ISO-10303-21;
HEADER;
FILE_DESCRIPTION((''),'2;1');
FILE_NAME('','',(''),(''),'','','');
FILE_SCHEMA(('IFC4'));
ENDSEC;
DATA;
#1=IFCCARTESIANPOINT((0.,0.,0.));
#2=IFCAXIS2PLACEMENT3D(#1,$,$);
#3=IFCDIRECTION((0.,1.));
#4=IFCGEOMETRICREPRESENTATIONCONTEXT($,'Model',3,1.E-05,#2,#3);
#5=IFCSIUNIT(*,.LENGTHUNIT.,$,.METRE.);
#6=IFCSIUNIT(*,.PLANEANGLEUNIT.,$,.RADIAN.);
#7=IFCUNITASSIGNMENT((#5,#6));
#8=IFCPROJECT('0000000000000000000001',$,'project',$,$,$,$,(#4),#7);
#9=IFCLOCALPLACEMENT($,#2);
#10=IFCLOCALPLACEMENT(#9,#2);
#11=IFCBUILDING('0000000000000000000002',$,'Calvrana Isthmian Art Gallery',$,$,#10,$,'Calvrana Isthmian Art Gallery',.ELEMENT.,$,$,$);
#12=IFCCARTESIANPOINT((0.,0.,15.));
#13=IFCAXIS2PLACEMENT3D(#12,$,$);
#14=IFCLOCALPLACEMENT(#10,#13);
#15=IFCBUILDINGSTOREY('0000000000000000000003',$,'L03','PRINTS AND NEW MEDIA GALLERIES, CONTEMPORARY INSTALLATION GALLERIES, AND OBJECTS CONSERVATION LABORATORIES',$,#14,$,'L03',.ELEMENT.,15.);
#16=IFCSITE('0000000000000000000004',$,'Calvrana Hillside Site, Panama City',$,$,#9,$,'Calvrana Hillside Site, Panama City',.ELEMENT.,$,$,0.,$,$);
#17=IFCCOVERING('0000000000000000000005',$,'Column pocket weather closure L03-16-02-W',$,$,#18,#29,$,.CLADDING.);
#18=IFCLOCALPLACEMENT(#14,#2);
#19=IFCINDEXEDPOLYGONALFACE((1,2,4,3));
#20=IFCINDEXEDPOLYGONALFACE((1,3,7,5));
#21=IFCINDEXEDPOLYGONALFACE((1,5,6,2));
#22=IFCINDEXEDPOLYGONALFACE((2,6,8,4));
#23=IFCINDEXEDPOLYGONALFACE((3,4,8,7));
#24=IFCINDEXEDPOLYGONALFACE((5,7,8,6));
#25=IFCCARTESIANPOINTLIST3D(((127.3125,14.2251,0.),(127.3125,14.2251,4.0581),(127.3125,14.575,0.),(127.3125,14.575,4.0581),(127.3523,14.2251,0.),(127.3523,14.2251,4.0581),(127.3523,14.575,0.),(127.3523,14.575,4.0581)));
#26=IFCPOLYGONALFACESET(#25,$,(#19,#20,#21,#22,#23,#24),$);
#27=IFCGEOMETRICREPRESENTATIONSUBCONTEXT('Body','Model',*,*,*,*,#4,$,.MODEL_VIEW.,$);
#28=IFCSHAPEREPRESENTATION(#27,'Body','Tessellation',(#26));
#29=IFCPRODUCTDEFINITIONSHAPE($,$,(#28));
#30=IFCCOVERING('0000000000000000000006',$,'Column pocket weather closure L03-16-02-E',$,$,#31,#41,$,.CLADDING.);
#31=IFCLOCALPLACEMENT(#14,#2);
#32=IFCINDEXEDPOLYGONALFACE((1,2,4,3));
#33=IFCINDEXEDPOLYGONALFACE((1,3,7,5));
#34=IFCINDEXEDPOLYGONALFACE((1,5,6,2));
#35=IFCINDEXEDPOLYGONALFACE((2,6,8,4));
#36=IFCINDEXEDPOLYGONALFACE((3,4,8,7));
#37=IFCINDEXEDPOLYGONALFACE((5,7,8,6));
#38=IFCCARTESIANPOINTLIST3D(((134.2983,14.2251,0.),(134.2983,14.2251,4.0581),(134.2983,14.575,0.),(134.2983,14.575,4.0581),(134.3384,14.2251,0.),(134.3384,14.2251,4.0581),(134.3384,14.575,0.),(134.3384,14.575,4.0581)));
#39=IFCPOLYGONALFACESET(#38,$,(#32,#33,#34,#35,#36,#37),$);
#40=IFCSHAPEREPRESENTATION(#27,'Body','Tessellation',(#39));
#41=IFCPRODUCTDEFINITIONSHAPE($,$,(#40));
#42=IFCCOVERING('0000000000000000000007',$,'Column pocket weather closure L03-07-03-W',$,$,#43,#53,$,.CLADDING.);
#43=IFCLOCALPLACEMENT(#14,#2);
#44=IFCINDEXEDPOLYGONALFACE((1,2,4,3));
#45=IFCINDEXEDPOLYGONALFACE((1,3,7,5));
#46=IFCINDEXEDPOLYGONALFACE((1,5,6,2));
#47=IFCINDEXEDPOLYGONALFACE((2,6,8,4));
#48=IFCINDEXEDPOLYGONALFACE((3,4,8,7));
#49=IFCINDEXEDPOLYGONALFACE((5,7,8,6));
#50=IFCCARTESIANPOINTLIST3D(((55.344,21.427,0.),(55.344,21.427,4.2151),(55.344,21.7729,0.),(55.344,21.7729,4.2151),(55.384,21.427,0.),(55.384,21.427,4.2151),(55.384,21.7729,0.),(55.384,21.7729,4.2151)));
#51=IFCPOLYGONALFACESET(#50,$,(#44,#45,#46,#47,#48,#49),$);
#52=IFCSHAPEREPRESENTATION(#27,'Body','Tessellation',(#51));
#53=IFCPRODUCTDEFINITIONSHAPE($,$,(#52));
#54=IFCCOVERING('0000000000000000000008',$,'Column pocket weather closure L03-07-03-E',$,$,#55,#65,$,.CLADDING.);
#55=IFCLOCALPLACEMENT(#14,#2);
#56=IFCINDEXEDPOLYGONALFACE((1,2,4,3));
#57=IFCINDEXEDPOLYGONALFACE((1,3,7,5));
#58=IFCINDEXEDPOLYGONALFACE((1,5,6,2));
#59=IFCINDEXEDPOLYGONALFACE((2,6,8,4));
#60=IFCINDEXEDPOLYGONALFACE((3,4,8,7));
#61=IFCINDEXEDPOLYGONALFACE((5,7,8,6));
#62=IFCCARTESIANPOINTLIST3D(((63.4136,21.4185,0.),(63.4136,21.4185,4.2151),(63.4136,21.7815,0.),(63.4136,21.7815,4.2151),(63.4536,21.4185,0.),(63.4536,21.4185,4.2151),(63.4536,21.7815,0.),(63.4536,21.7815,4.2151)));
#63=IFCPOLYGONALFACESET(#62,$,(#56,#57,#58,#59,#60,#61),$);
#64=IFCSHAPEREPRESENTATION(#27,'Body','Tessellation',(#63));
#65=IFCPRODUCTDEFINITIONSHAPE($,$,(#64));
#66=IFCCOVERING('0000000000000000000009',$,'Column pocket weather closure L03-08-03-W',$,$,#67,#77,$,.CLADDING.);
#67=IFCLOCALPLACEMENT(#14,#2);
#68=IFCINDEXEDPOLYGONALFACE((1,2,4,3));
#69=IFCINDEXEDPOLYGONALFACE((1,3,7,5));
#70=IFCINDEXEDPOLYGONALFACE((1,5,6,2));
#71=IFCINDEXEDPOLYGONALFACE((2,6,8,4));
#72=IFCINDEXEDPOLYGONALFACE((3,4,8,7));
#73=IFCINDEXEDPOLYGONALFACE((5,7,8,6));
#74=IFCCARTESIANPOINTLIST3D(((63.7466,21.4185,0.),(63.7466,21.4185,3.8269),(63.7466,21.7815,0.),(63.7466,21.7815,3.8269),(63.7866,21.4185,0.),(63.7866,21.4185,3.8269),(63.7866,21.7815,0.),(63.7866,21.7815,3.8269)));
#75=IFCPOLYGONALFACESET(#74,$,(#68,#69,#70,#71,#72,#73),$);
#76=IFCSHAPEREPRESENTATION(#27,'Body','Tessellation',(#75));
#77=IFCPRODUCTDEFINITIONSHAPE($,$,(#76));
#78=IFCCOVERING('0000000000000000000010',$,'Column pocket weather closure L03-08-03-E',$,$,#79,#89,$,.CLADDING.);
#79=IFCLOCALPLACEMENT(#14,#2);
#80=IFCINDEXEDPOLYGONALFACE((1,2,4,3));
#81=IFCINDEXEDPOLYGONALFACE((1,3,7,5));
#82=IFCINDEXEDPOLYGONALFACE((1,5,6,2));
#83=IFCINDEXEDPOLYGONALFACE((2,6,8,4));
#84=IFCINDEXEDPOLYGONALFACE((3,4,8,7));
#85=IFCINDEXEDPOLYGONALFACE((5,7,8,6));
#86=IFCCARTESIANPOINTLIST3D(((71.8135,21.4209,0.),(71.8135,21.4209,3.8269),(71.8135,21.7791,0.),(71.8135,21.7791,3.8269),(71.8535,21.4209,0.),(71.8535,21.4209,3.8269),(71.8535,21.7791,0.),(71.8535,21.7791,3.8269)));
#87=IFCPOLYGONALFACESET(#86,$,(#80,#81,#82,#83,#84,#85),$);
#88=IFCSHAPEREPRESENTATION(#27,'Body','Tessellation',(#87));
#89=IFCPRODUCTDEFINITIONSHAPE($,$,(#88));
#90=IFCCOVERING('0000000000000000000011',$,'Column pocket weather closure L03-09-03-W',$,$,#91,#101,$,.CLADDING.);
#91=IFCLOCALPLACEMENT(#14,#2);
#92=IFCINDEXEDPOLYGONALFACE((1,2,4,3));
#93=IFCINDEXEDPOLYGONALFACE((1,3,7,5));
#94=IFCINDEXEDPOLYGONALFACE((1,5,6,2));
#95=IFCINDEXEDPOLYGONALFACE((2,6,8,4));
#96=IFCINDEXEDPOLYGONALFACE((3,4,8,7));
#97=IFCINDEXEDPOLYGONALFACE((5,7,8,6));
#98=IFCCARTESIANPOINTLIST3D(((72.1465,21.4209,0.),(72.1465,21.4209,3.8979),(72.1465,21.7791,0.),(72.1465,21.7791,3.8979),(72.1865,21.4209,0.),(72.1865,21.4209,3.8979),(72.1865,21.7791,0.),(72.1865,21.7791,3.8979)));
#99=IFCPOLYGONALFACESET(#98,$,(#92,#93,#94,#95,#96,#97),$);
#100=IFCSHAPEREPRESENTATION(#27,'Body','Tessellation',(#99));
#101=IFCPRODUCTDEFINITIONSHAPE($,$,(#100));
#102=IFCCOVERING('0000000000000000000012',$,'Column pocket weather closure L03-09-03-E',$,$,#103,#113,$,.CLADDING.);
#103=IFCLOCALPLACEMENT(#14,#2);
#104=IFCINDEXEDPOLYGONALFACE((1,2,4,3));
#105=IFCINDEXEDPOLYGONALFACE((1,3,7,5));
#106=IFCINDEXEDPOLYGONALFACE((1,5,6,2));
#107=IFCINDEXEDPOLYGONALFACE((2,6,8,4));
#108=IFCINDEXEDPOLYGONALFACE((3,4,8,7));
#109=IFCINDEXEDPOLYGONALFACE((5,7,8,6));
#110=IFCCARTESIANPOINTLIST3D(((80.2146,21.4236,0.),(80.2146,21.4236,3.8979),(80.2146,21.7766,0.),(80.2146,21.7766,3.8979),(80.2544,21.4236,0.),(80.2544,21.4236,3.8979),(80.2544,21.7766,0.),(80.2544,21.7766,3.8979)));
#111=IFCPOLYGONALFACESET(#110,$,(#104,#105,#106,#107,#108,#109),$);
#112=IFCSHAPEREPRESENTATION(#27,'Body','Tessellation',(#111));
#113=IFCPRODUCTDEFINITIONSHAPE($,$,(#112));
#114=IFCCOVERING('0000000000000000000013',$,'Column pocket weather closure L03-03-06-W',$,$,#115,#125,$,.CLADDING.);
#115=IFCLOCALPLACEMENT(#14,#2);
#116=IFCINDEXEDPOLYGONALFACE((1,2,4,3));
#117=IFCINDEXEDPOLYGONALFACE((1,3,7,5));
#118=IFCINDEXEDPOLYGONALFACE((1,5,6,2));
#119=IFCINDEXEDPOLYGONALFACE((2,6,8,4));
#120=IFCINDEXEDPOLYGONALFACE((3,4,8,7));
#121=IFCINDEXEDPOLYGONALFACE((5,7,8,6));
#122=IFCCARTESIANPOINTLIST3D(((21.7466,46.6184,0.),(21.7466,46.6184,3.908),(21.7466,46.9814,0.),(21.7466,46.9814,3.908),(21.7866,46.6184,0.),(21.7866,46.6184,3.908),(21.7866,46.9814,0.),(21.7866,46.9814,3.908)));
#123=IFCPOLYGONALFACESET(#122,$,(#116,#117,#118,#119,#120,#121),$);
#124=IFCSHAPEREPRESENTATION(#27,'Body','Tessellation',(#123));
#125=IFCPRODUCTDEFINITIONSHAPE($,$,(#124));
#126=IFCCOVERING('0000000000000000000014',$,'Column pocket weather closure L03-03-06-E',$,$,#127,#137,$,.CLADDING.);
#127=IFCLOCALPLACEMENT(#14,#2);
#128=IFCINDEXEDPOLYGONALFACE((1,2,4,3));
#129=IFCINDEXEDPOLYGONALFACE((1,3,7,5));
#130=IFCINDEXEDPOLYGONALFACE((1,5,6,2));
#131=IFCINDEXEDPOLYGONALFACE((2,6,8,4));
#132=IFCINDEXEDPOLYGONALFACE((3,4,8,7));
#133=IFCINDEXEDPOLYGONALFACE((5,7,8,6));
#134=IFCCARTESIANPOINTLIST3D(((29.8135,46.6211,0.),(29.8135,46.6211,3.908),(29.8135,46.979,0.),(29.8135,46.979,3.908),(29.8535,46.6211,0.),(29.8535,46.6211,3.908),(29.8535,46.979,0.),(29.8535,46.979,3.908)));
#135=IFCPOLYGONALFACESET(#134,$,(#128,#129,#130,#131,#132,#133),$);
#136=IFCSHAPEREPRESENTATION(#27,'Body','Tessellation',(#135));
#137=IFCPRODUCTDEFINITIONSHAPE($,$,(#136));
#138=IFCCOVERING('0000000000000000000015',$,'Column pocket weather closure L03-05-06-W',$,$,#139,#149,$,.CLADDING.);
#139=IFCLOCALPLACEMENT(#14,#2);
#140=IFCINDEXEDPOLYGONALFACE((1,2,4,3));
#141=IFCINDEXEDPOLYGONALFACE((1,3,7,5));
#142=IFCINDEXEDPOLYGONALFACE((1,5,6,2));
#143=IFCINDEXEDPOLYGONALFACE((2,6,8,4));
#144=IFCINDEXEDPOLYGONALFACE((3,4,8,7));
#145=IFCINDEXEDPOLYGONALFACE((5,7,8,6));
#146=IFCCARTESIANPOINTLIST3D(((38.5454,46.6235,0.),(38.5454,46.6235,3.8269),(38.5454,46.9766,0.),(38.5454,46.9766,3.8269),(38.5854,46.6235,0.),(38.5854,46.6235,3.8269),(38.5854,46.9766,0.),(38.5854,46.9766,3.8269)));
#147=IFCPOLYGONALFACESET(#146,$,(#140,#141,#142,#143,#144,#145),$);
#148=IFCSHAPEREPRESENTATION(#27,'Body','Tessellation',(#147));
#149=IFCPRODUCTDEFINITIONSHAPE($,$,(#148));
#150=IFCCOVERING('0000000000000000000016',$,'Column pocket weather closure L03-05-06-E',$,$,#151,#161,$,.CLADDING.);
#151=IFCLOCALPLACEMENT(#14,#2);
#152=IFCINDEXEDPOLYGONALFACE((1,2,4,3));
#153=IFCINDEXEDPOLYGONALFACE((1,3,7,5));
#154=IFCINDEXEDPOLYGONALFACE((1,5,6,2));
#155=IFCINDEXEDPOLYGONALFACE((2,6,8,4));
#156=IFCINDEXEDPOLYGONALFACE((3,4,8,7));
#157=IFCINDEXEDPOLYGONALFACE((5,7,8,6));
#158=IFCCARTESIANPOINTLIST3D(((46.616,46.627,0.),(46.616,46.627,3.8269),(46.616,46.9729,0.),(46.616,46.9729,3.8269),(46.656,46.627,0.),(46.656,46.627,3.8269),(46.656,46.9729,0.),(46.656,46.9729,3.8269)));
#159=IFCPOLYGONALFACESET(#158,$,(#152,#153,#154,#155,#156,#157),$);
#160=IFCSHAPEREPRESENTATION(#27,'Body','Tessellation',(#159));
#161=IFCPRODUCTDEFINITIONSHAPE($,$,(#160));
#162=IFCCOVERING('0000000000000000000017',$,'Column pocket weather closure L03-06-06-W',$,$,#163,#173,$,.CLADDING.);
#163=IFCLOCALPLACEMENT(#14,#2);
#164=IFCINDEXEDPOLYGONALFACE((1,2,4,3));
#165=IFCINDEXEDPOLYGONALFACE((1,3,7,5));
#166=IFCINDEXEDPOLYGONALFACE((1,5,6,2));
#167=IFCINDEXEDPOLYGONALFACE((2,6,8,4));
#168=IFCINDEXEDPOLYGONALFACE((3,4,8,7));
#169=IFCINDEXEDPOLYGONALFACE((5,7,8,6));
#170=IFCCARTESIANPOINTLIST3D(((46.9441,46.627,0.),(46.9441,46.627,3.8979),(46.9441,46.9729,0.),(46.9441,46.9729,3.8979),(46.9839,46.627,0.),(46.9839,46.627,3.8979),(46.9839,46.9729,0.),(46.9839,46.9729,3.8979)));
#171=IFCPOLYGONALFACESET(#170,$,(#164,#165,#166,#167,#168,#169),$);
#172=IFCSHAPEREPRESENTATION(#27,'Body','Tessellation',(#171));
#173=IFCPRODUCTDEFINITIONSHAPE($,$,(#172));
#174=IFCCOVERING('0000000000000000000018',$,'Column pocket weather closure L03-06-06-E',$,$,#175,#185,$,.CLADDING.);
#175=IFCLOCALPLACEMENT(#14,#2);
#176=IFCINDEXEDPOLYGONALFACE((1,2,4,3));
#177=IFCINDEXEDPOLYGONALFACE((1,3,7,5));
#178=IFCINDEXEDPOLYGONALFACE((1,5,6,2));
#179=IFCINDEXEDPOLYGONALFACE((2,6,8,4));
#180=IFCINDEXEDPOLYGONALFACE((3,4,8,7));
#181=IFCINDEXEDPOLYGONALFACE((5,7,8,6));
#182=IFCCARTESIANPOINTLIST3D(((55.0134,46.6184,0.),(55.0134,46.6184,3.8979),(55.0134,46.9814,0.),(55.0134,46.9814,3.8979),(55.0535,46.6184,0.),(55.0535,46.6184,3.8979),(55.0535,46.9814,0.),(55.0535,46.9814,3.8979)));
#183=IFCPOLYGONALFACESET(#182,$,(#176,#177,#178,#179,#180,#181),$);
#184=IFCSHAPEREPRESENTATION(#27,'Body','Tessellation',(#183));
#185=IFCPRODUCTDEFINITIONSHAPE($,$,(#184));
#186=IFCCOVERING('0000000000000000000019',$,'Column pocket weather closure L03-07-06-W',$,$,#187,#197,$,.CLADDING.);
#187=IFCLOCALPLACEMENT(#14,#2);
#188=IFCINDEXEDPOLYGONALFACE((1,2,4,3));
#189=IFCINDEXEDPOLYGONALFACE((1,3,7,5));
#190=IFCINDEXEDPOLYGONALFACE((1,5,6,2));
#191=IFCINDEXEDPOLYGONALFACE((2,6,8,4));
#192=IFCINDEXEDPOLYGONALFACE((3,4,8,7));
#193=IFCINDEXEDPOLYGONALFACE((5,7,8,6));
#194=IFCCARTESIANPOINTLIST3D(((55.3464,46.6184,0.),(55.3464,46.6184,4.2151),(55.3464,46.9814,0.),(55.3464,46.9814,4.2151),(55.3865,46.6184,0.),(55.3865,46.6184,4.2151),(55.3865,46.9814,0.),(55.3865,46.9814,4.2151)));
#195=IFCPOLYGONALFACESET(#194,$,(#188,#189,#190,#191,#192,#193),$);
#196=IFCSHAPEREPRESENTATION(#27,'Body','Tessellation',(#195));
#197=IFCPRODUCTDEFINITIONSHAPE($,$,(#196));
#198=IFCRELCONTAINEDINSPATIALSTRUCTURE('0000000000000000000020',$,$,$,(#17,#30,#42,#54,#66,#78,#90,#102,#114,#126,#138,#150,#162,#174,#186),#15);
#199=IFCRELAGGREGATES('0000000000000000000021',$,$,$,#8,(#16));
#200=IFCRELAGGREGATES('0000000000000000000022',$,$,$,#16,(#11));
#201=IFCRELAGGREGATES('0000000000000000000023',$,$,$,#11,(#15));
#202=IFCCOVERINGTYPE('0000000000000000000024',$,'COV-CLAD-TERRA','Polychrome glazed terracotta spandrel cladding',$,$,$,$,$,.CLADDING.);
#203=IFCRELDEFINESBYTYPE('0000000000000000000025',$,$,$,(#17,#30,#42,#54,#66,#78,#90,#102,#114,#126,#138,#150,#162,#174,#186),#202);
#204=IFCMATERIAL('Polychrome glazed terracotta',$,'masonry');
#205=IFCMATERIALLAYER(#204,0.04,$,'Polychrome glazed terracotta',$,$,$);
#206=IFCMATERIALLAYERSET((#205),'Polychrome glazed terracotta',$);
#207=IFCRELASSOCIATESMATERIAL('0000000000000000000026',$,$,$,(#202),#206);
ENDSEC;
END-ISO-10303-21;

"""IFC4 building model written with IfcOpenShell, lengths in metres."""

from ifc_helpers import new_model, si_unit, direction, frame, origin, place, context, subcontext, project, spatial, polyline, outline, extrude, material, layer, layer_set, type_object, element, save


model = new_model("IFC4")

# Units and contexts
model_context = context("Model", 3, precision=1e-05, world=origin(), true_north=direction((0.0, 1.0)))
body_context = subcontext(model_context, "Body", "Model", "MODEL_VIEW")
ifc_project = project(units=[si_unit("LENGTHUNIT", "METRE"), si_unit("PLANEANGLEUNIT", "RADIAN")], contexts=[model_context])

# Site, building, storey
site_placement = place(None, origin())
site = spatial("IfcSite", under=ifc_project, at=site_placement, Name="Calvrana Hillside Site, Panama City", LongName="Calvrana Hillside Site, Panama City", CompositionType="ELEMENT", RefElevation=0.0)
building_placement = place(site_placement, origin())
building = spatial("IfcBuilding", under=site, at=building_placement, Name="Calvrana Isthmian Art Gallery", LongName="Calvrana Isthmian Art Gallery", CompositionType="ELEMENT")
storey_placement = place(building_placement, frame((0.0, 0.0, 15.0)))
storey = spatial("IfcBuildingStorey", under=building, at=storey_placement, Name="L03", Description="PRINTS AND NEW MEDIA GALLERIES, CONTEMPORARY INSTALLATION GALLERIES, AND OBJECTS CONSERVATION LABORATORIES", LongName="L03", CompositionType="ELEMENT", Elevation=15.0)

# Coverings
ifc_material_1 = material(Name="Polychrome glazed terracotta", Category="masonry")
ifc_layer_1 = layer(ifc_material_1, 0.04, Name="Polychrome glazed terracotta")
ifc_layer_set_1 = layer_set([ifc_layer_1], Name="Polychrome glazed terracotta")
covering_type = type_object("IfcCoveringType", Name="COV-CLAD-TERRA", Description="Polychrome glazed terracotta spandrel cladding", PredefinedType="CLADDING", material=ifc_layer_set_1)
covering_1_placement = place(storey_placement, origin())
element("IfcCovering", 1, at=covering_1_placement, inside=storey, type_object=covering_type, Name="Column pocket weather closure L03-16-02-W", PredefinedType="CLADDING", context=body_context, shape_type="SweptSolid", body=[
    extrude(outline(polyline([(127.3125, 14.2251), (127.3523, 14.2251), (127.3523, 14.575), (127.3125, 14.575), (127.3125, 14.2251)])), origin(), (0.0, 0.0, 1.0), 4.0581),
])
covering_2_placement = place(storey_placement, origin())
element("IfcCovering", 2, at=covering_2_placement, inside=storey, type_object=covering_type, Name="Column pocket weather closure L03-16-02-E", PredefinedType="CLADDING", context=body_context, shape_type="SweptSolid", body=[
    extrude(outline(polyline([(134.2983, 14.2251), (134.3384, 14.2251), (134.3384, 14.575), (134.2983, 14.575), (134.2983, 14.2251)])), origin(), (0.0, 0.0, 1.0), 4.0581),
])
covering_3_placement = place(storey_placement, origin())
element("IfcCovering", 3, at=covering_3_placement, inside=storey, type_object=covering_type, Name="Column pocket weather closure L03-07-03-W", PredefinedType="CLADDING", context=body_context, shape_type="SweptSolid", body=[
    extrude(outline(polyline([(55.344, 21.427), (55.384, 21.427), (55.384, 21.7729), (55.344, 21.7729), (55.344, 21.427)])), origin(), (0.0, 0.0, 1.0), 4.2151),
])
covering_4_placement = place(storey_placement, origin())
element("IfcCovering", 4, at=covering_4_placement, inside=storey, type_object=covering_type, Name="Column pocket weather closure L03-07-03-E", PredefinedType="CLADDING", context=body_context, shape_type="SweptSolid", body=[
    extrude(outline(polyline([(63.4136, 21.4185), (63.4536, 21.4185), (63.4536, 21.7815), (63.4136, 21.7815), (63.4136, 21.4185)])), origin(), (0.0, 0.0, 1.0), 4.2151),
])
covering_5_placement = place(storey_placement, origin())
element("IfcCovering", 5, at=covering_5_placement, inside=storey, type_object=covering_type, Name="Column pocket weather closure L03-08-03-W", PredefinedType="CLADDING", context=body_context, shape_type="SweptSolid", body=[
    extrude(outline(polyline([(63.7466, 21.4185), (63.7866, 21.4185), (63.7866, 21.7815), (63.7466, 21.7815), (63.7466, 21.4185)])), origin(), (0.0, 0.0, 1.0), 3.8269),
])
covering_6_placement = place(storey_placement, origin())
element("IfcCovering", 6, at=covering_6_placement, inside=storey, type_object=covering_type, Name="Column pocket weather closure L03-08-03-E", PredefinedType="CLADDING", context=body_context, shape_type="SweptSolid", body=[
    extrude(outline(polyline([(71.8135, 21.4209), (71.8535, 21.4209), (71.8535, 21.7791), (71.8135, 21.7791), (71.8135, 21.4209)])), origin(), (0.0, 0.0, 1.0), 3.8269),
])
covering_7_placement = place(storey_placement, origin())
element("IfcCovering", 7, at=covering_7_placement, inside=storey, type_object=covering_type, Name="Column pocket weather closure L03-09-03-W", PredefinedType="CLADDING", context=body_context, shape_type="SweptSolid", body=[
    extrude(outline(polyline([(72.1465, 21.4209), (72.1865, 21.4209), (72.1865, 21.7791), (72.1465, 21.7791), (72.1465, 21.4209)])), origin(), (0.0, 0.0, 1.0), 3.8979),
])
covering_8_placement = place(storey_placement, origin())
element("IfcCovering", 8, at=covering_8_placement, inside=storey, type_object=covering_type, Name="Column pocket weather closure L03-09-03-E", PredefinedType="CLADDING", context=body_context, shape_type="SweptSolid", body=[
    extrude(outline(polyline([(80.2146, 21.4236), (80.2544, 21.4236), (80.2544, 21.7766), (80.2146, 21.7766), (80.2146, 21.4236)])), origin(), (0.0, 0.0, 1.0), 3.8979),
])
covering_9_placement = place(storey_placement, origin())
element("IfcCovering", 9, at=covering_9_placement, inside=storey, type_object=covering_type, Name="Column pocket weather closure L03-03-06-W", PredefinedType="CLADDING", context=body_context, shape_type="SweptSolid", body=[
    extrude(outline(polyline([(21.7466, 46.6184), (21.7866, 46.6184), (21.7866, 46.9814), (21.7466, 46.9814), (21.7466, 46.6184)])), origin(), (0.0, 0.0, 1.0), 3.908),
])
covering_10_placement = place(storey_placement, origin())
element("IfcCovering", 10, at=covering_10_placement, inside=storey, type_object=covering_type, Name="Column pocket weather closure L03-03-06-E", PredefinedType="CLADDING", context=body_context, shape_type="SweptSolid", body=[
    extrude(outline(polyline([(29.8135, 46.6211), (29.8535, 46.6211), (29.8535, 46.979), (29.8135, 46.979), (29.8135, 46.6211)])), origin(), (0.0, 0.0, 1.0), 3.908),
])
covering_11_placement = place(storey_placement, origin())
element("IfcCovering", 11, at=covering_11_placement, inside=storey, type_object=covering_type, Name="Column pocket weather closure L03-05-06-W", PredefinedType="CLADDING", context=body_context, shape_type="SweptSolid", body=[
    extrude(outline(polyline([(38.5454, 46.6235), (38.5854, 46.6235), (38.5854, 46.9766), (38.5454, 46.9766), (38.5454, 46.6235)])), origin(), (0.0, 0.0, 1.0), 3.8269),
])
covering_12_placement = place(storey_placement, origin())
element("IfcCovering", 12, at=covering_12_placement, inside=storey, type_object=covering_type, Name="Column pocket weather closure L03-05-06-E", PredefinedType="CLADDING", context=body_context, shape_type="SweptSolid", body=[
    extrude(outline(polyline([(46.616, 46.627), (46.656, 46.627), (46.656, 46.9729), (46.616, 46.9729), (46.616, 46.627)])), origin(), (0.0, 0.0, 1.0), 3.8269),
])
covering_13_placement = place(storey_placement, origin())
element("IfcCovering", 13, at=covering_13_placement, inside=storey, type_object=covering_type, Name="Column pocket weather closure L03-06-06-W", PredefinedType="CLADDING", context=body_context, shape_type="SweptSolid", body=[
    extrude(outline(polyline([(46.9441, 46.627), (46.9839, 46.627), (46.9839, 46.9729), (46.9441, 46.9729), (46.9441, 46.627)])), origin(), (0.0, 0.0, 1.0), 3.8979),
])
covering_14_placement = place(storey_placement, origin())
element("IfcCovering", 14, at=covering_14_placement, inside=storey, type_object=covering_type, Name="Column pocket weather closure L03-06-06-E", PredefinedType="CLADDING", context=body_context, shape_type="SweptSolid", body=[
    extrude(outline(polyline([(55.0134, 46.6184), (55.0535, 46.6184), (55.0535, 46.9814), (55.0134, 46.9814), (55.0134, 46.6184)])), origin(), (0.0, 0.0, 1.0), 3.8979),
])
covering_15_placement = place(storey_placement, origin())
element("IfcCovering", 15, at=covering_15_placement, inside=storey, type_object=covering_type, Name="Column pocket weather closure L03-07-06-W", PredefinedType="CLADDING", context=body_context, shape_type="SweptSolid", body=[
    extrude(outline(polyline([(55.3464, 46.6184), (55.3865, 46.6184), (55.3865, 46.9814), (55.3464, 46.9814), (55.3464, 46.6184)])), origin(), (0.0, 0.0, 1.0), 4.2151),
])

save(model, "model.ifc")
